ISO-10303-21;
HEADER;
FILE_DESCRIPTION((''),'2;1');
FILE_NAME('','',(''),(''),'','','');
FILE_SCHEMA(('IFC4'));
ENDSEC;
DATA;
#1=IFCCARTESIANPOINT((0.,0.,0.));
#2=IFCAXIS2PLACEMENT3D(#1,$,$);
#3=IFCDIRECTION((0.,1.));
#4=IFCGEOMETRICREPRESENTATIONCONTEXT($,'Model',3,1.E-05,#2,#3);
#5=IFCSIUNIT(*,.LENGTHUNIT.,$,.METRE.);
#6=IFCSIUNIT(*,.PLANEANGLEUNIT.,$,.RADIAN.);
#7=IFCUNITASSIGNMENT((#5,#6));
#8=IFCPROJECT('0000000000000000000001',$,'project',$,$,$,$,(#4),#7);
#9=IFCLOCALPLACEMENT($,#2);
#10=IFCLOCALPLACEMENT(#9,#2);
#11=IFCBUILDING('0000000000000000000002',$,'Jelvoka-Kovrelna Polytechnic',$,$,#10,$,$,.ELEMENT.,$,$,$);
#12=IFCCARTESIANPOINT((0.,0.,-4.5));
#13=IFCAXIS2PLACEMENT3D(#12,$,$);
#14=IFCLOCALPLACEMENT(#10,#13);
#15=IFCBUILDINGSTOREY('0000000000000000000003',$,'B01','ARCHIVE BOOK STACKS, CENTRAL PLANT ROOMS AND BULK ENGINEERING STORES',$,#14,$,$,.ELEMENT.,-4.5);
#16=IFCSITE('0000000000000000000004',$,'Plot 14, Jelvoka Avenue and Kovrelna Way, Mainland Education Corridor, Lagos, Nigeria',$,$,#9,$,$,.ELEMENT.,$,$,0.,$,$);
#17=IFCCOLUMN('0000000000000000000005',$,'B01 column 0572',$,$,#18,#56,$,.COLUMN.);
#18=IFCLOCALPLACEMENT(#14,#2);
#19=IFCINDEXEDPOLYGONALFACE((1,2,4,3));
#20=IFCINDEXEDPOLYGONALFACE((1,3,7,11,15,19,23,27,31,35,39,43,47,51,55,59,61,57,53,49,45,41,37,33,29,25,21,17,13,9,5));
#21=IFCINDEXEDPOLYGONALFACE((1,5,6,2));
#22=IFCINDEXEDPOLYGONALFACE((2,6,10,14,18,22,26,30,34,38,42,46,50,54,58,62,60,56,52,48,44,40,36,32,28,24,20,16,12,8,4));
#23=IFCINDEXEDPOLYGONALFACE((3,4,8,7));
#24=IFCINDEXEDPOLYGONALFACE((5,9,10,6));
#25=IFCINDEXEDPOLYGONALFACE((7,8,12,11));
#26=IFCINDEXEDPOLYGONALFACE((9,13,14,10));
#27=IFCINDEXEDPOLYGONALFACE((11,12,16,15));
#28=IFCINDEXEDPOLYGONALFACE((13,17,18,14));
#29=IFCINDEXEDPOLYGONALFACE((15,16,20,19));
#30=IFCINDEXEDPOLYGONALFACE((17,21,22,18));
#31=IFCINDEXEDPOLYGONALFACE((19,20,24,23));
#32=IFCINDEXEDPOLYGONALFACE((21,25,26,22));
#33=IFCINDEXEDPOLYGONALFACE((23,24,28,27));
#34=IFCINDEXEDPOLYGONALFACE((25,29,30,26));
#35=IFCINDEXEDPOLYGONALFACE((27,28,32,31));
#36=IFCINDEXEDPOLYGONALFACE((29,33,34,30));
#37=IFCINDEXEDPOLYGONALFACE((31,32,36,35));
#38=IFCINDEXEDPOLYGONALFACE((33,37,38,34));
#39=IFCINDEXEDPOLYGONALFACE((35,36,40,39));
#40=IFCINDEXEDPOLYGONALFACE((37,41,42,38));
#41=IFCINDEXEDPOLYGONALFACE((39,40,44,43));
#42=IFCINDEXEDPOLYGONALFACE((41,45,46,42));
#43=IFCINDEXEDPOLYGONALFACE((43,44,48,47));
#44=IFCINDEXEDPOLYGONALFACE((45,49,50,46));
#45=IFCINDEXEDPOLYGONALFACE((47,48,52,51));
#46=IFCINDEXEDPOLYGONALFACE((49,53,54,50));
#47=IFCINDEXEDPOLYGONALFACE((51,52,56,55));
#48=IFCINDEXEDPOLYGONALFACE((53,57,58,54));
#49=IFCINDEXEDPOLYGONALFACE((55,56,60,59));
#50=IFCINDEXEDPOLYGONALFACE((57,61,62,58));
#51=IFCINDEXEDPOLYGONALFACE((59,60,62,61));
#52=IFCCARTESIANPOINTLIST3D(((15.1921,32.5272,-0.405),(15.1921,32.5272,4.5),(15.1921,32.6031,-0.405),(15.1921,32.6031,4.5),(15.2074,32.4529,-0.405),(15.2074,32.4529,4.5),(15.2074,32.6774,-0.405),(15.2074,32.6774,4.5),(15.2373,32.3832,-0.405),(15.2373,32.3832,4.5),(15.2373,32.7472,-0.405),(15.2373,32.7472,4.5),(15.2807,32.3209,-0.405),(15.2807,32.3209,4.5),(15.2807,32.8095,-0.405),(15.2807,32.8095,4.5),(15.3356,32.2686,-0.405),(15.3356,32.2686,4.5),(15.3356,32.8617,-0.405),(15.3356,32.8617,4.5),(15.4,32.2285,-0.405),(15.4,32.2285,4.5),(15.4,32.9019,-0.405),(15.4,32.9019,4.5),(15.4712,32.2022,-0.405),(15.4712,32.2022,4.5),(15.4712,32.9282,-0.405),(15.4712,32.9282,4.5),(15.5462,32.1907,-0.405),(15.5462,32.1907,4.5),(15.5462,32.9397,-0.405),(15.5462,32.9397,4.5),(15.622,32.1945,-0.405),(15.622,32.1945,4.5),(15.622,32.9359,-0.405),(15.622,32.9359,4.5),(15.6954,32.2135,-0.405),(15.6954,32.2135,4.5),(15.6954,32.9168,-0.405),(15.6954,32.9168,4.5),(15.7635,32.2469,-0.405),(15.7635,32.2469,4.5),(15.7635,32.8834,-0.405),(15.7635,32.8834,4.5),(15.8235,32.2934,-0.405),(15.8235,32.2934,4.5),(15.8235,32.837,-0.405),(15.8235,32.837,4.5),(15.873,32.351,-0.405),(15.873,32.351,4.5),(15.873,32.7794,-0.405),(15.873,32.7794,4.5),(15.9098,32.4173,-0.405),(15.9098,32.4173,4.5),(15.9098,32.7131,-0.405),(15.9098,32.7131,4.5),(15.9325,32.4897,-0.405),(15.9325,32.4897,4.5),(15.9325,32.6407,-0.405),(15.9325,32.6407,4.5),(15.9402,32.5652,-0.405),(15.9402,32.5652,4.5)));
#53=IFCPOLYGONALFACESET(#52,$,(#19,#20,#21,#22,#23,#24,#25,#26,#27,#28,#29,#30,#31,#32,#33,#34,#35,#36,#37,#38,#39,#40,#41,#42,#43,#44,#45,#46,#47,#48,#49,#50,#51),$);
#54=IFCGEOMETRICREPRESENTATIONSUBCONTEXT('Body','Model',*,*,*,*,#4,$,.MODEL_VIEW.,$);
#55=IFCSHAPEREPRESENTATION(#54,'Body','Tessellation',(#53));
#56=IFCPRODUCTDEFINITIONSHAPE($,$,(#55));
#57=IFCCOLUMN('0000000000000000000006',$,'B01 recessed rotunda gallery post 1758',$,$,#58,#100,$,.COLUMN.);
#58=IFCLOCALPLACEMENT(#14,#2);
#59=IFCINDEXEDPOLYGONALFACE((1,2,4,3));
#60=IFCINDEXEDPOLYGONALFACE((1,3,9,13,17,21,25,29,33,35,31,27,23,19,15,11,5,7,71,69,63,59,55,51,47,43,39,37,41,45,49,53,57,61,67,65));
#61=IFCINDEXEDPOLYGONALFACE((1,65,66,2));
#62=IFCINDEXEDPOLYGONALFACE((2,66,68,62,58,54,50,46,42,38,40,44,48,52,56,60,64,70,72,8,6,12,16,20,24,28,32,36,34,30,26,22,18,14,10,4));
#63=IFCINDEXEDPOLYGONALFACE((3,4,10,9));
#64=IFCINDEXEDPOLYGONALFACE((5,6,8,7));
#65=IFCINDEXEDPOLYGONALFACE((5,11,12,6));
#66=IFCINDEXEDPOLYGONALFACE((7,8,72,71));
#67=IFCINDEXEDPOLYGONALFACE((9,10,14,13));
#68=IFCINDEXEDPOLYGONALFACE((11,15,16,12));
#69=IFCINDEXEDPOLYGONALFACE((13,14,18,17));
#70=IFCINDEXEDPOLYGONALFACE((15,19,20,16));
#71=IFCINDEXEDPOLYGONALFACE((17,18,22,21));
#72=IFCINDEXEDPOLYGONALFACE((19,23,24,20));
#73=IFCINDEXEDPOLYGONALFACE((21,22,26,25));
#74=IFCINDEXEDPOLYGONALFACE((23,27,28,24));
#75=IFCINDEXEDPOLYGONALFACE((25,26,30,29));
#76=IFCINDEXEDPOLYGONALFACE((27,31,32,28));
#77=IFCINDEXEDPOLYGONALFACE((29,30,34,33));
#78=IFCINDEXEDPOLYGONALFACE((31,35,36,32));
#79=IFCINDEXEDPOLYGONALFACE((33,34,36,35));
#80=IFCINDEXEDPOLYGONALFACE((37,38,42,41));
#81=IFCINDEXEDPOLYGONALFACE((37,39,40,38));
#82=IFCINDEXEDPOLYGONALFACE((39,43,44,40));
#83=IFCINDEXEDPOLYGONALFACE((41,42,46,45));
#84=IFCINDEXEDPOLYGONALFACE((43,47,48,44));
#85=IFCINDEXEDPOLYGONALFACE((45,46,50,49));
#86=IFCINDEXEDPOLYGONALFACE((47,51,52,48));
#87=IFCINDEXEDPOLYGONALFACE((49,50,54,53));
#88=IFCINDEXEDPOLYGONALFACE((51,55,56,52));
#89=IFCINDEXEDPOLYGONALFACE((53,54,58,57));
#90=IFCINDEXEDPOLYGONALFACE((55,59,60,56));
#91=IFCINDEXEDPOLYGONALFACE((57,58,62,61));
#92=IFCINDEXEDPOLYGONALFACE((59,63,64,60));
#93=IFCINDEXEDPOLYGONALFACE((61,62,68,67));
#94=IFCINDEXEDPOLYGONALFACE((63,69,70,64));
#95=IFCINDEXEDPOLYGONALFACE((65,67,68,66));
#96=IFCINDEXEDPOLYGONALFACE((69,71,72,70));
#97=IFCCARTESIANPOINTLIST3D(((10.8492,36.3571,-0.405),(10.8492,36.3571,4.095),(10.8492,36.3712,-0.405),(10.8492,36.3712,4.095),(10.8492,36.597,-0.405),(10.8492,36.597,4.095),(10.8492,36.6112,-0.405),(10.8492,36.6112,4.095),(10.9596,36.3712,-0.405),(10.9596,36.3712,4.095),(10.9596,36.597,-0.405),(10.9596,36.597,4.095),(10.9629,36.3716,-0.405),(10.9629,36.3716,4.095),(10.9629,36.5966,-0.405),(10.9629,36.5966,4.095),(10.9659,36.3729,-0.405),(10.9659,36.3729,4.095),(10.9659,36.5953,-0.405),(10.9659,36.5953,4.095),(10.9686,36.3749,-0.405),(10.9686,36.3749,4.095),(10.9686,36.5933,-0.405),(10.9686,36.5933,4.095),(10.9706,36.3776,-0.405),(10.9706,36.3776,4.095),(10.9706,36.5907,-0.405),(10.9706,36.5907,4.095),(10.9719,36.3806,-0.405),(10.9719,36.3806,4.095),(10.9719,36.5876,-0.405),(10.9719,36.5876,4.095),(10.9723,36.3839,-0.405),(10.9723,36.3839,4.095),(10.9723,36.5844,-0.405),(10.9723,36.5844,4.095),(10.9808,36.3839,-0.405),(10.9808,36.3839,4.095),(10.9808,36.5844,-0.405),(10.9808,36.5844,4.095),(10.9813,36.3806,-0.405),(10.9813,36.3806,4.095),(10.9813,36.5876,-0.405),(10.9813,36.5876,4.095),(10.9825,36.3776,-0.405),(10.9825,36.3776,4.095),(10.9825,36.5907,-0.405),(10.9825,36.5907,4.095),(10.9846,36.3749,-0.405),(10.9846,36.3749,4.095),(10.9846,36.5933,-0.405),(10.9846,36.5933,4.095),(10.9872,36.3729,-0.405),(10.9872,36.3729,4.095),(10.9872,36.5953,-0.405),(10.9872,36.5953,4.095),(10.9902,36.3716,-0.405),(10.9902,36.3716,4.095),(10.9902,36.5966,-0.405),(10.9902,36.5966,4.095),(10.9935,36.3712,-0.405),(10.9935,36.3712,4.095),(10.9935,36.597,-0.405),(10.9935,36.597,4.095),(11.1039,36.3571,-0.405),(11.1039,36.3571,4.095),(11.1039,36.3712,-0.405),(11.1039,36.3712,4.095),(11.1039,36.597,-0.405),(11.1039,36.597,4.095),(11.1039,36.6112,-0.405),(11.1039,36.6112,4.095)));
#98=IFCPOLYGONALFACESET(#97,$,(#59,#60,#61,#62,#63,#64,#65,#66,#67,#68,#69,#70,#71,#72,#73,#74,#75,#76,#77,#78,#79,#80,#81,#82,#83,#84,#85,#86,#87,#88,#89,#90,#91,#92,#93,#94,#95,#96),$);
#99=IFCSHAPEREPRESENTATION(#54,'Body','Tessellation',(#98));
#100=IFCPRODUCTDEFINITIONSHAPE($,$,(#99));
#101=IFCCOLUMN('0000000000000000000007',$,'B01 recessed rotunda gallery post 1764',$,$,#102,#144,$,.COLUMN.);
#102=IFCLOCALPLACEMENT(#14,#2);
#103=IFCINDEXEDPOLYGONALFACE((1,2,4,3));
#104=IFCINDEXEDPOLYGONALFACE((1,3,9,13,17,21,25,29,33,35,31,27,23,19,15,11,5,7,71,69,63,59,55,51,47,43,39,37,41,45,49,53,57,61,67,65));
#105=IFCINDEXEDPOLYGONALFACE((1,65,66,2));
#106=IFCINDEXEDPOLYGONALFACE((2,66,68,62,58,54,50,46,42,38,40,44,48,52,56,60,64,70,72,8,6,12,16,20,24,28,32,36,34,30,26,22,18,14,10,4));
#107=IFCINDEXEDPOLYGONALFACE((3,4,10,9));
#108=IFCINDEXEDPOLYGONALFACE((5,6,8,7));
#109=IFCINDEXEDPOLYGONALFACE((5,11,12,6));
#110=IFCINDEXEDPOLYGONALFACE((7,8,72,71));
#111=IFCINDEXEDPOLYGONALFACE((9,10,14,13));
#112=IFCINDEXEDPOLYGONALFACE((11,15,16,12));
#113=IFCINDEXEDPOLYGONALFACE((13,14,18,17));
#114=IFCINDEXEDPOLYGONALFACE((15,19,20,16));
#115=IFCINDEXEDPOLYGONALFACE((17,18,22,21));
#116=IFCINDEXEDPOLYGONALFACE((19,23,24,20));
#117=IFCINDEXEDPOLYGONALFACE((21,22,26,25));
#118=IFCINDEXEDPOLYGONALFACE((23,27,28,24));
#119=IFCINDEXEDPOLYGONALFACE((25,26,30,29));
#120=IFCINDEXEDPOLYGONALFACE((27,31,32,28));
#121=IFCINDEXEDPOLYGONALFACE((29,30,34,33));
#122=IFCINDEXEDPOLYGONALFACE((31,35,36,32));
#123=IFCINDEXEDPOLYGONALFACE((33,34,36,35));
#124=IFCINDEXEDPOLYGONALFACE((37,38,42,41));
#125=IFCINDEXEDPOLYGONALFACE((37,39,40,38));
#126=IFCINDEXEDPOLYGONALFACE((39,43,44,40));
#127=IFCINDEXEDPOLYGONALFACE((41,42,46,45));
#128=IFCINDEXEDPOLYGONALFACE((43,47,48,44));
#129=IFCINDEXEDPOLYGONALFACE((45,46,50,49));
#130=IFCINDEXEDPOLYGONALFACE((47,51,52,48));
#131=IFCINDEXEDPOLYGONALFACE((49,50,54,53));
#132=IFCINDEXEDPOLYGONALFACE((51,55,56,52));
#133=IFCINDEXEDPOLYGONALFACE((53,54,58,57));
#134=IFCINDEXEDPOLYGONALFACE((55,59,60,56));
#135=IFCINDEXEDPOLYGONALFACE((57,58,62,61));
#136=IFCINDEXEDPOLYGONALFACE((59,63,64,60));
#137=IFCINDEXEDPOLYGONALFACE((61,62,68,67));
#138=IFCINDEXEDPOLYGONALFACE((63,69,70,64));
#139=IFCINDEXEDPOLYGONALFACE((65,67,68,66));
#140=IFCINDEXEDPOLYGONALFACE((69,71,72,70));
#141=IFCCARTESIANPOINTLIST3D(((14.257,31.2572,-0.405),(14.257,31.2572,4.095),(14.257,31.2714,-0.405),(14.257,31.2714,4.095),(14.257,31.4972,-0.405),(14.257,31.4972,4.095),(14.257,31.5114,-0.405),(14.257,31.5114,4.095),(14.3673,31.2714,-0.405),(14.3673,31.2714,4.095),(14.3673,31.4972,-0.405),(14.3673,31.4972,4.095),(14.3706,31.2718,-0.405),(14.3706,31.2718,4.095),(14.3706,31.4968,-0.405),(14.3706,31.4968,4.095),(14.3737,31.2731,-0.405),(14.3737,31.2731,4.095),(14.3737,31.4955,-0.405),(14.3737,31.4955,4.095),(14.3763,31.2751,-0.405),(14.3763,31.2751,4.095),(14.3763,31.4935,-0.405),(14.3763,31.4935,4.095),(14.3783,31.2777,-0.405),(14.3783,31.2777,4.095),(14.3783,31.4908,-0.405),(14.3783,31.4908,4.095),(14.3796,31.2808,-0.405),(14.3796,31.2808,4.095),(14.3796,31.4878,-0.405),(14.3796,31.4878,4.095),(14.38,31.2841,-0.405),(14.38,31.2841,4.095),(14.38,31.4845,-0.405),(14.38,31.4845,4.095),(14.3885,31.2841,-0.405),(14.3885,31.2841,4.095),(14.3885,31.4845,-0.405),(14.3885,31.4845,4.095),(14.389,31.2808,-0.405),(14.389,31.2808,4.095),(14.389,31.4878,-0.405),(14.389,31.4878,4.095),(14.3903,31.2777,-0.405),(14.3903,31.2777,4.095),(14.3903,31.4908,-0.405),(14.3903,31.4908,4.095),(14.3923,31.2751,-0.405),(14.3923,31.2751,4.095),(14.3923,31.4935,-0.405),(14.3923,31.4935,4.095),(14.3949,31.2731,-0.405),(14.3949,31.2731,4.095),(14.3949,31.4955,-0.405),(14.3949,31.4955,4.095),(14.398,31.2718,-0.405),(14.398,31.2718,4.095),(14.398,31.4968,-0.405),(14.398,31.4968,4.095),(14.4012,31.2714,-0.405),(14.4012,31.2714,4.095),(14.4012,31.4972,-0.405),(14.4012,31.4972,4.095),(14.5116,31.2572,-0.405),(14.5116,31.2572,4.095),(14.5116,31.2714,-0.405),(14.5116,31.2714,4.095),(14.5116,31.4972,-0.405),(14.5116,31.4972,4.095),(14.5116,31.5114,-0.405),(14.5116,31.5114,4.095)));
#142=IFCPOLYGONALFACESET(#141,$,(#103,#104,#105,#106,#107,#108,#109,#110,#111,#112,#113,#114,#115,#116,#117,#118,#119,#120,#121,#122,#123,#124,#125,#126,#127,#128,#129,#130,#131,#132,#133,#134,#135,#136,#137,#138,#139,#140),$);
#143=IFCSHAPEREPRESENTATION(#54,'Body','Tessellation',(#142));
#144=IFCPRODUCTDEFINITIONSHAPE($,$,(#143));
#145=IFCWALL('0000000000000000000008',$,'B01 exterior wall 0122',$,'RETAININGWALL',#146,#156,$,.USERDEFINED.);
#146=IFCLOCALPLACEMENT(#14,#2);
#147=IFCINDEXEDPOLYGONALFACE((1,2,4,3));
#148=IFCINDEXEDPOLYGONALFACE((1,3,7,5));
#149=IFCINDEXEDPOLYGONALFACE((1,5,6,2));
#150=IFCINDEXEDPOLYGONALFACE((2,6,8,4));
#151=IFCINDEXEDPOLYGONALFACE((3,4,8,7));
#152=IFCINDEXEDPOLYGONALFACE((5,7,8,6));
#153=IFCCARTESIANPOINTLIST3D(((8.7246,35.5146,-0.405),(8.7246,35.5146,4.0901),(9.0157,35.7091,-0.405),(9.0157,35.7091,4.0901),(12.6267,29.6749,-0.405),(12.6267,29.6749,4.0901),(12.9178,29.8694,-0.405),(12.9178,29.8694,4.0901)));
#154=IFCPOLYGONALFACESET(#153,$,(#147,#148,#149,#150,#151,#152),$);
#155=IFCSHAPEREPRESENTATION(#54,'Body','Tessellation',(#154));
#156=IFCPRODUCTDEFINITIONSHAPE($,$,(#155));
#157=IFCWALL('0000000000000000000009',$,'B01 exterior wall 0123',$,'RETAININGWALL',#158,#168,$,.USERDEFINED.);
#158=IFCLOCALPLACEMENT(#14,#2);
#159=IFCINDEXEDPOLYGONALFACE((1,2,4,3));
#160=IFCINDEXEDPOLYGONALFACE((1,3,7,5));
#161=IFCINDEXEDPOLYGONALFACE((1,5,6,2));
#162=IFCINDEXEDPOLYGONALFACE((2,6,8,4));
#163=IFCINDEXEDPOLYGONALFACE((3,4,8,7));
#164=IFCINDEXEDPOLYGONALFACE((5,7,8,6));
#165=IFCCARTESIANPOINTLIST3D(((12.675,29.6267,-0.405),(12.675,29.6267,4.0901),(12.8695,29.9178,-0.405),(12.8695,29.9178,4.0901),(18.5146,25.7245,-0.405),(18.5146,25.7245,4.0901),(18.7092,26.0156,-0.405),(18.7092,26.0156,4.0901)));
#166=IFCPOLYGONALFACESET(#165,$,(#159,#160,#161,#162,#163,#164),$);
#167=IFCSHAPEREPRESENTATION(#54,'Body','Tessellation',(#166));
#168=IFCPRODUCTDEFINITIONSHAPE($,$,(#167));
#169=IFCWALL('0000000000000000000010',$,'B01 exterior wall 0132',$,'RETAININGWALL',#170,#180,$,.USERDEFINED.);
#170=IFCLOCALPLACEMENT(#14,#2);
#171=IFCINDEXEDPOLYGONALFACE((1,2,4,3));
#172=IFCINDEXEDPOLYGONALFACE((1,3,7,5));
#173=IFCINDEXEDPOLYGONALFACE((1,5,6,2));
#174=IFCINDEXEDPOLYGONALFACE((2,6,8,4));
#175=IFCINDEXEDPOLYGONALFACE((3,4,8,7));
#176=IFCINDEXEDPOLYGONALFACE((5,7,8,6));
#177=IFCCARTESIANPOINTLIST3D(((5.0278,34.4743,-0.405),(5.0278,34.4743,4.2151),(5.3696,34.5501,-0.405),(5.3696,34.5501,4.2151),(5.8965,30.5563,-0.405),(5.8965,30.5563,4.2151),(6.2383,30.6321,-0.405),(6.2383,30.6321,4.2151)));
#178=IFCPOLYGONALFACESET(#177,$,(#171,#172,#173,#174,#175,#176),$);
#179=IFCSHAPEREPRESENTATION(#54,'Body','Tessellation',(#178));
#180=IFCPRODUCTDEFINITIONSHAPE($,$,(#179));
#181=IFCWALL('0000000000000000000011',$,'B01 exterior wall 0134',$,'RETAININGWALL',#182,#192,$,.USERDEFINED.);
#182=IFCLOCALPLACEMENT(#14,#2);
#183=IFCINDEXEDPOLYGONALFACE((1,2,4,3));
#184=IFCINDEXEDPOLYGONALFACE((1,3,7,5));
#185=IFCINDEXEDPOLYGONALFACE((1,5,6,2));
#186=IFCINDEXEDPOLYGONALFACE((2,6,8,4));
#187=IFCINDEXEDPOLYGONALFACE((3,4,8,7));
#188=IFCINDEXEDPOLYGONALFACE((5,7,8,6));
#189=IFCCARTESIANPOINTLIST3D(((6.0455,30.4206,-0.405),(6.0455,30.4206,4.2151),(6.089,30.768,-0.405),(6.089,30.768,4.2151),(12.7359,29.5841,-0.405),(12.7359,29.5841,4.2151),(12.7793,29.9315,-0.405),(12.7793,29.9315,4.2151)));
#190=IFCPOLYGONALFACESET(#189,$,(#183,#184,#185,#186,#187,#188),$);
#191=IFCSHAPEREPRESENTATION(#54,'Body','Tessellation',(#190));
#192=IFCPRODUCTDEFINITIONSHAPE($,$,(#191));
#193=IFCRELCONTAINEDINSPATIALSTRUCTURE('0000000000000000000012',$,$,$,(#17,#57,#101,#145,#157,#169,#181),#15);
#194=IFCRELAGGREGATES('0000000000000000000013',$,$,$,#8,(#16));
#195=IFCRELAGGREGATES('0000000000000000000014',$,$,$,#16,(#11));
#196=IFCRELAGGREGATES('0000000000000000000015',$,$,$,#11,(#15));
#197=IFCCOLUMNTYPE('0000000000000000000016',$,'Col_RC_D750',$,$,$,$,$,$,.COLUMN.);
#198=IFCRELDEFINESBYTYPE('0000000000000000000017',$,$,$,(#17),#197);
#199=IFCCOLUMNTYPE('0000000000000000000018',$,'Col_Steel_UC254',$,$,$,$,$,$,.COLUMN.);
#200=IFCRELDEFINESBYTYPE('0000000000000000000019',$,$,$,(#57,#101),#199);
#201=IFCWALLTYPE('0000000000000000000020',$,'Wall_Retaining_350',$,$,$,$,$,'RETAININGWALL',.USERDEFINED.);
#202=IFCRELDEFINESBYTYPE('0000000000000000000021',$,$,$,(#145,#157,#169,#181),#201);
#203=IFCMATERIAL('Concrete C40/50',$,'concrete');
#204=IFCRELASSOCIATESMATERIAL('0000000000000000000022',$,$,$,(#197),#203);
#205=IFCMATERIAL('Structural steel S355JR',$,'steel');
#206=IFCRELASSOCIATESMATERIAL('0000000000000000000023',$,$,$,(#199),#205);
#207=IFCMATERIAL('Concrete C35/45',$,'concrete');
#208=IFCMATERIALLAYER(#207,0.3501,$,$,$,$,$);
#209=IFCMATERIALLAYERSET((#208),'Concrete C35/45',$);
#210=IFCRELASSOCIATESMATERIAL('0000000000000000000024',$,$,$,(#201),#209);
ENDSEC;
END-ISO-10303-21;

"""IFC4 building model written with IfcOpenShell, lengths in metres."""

from ifc_helpers import new_model, si_unit, direction, frame, frame_2d, origin, origin_2d, place, context, subcontext, project, spatial, rectangle, circle, i_section, extrude, material, layer, layer_set, material_profile, profile_set, type_object, element, save


model = new_model("IFC4")

# Units and contexts
model_context = context("Model", 3, precision=1e-05, world=origin(), true_north=direction((0.0, 1.0)))
body_context = subcontext(model_context, "Body", "Model", "MODEL_VIEW")
ifc_project = project(units=[si_unit("LENGTHUNIT", "METRE"), si_unit("PLANEANGLEUNIT", "RADIAN")], contexts=[model_context])

# Site, building, storey
site_placement = place(None, origin())
site = spatial("IfcSite", under=ifc_project, at=site_placement, Name="Plot 14, Jelvoka Avenue and Kovrelna Way, Mainland Education Corridor, Lagos, Nigeria", CompositionType="ELEMENT", RefElevation=0.0)
building_placement = place(site_placement, origin())
building = spatial("IfcBuilding", under=site, at=building_placement, Name="Jelvoka-Kovrelna Polytechnic", CompositionType="ELEMENT")
storey_placement = place(building_placement, frame((0.0, 0.0, -4.5)))
storey = spatial("IfcBuildingStorey", under=building, at=storey_placement, Name="B01", Description="ARCHIVE BOOK STACKS, CENTRAL PLANT ROOMS AND BULK ENGINEERING STORES", CompositionType="ELEMENT", Elevation=-4.5)

# Columns
ifc_material_1 = material(Name="Concrete C40/50", Category="concrete")
ifc_material_profile_1 = material_profile(ifc_material_1, circle(Radius=0.375, at=origin_2d()), Name="RC D750")
ifc_profile_set_1 = profile_set([ifc_material_profile_1], Name="Concrete C40/50")
column_type_1 = type_object("IfcColumnType", Name="Col_RC_D750", PredefinedType="COLUMN", material=ifc_profile_set_1)
column_placement = place(storey_placement, frame((15.5652, 32.5652, -0.405), z_axis=(0.0, 0.0, 1.0), x_axis=(1.0, 0.0, 0.0)))
element("IfcColumn", 1, at=column_placement, inside=storey, type_object=column_type_1, Name="B01 column 0572", PredefinedType="COLUMN", context=body_context, shape_type="SweptSolid", body=[
    extrude(circle(Radius=0.375, at=origin_2d()), origin(), (0.0, 0.0, 1.0), 4.905),
])
ifc_material_2 = material(Name="Structural steel S355JR", Category="steel")
ifc_material_profile_2 = material_profile(ifc_material_2, i_section(OverallWidth=0.2546, OverallDepth=0.2542, WebThickness=0.0085, FlangeThickness=0.0142, FilletRadius=0.0127, at=origin_2d()), Name="254x254x73 UC")
ifc_profile_set_2 = profile_set([ifc_material_profile_2], Name="Structural steel S355JR")
column_type_2 = type_object("IfcColumnType", Name="Col_Steel_UC254", PredefinedType="COLUMN", material=ifc_profile_set_2)
for number, where, z_axis, x_axis, name in (
    (2, (10.9766, 36.4841, -0.405), (0.0, 0.0, 1.0), (1.0, 0.0, 0.0), "B01 recessed rotunda gallery post 1758"),
    (3, (14.3843, 31.3843, -0.405), (0.0, 0.0, 1.0), (1.0, 0.0, 0.0), "B01 recessed rotunda gallery post 1764"),
):
    element("IfcColumn", number, at=place(storey_placement, frame(where, z_axis=z_axis, x_axis=x_axis)), inside=storey, type_object=column_type_2, Name=name, PredefinedType="COLUMN", context=body_context, shape_type="SweptSolid", body=[
        extrude(i_section(OverallWidth=0.2546, OverallDepth=0.2542, WebThickness=0.0085, FlangeThickness=0.0142, FilletRadius=0.0127, at=origin_2d()), origin(), (0.0, 0.0, 1.0), 4.5),
    ])

# Walls
ifc_material_3 = material(Name="Concrete C35/45", Category="concrete")
ifc_layer = layer(ifc_material_3, 0.3501)
ifc_layer_set = layer_set([ifc_layer], Name="Concrete C35/45")
wall_type = type_object("IfcWallType", Name="Wall_Retaining_350", ElementType="RETAININGWALL", PredefinedType="USERDEFINED", material=ifc_layer_set)
for number, where, z_axis, x_axis, name in (
    (4, (8.8701, 35.6118, -0.405), (0.0, 0.0, 1.0), (0.55559, -0.831456, 0.0), "B01 exterior wall 0122"),
    (5, (12.7722, 29.7722, -0.405), (0.0, 0.0, 1.0), (0.831456, -0.55559, 0.0), "B01 exterior wall 0123"),
):
    element("IfcWall", number, at=place(storey_placement, frame(where, z_axis=z_axis, x_axis=x_axis)), inside=storey, type_object=wall_type, Name=name, ObjectType="RETAININGWALL", PredefinedType="USERDEFINED", context=body_context, shape_type="SweptSolid", body=[
        extrude(rectangle(XDim=7.0234, YDim=0.3501, at=frame_2d((3.5117, 0.0))), origin(), (0.0, 0.0, 1.0), 4.4951),
    ])
wall_1_placement = place(storey_placement, frame((5.1987, 34.5122, -0.405), z_axis=(0.0, 0.0, 1.0), x_axis=(0.216454, -0.976293, 0.0)))
element("IfcWall", 6, at=wall_1_placement, inside=storey, type_object=wall_type, Name="B01 exterior wall 0132", ObjectType="RETAININGWALL", PredefinedType="USERDEFINED", context=body_context, shape_type="SweptSolid", body=[
    extrude(rectangle(XDim=4.0132, YDim=0.3501, at=frame_2d((2.0066, 0.0))), origin(), (0.0, 0.0, 1.0), 4.6201),
])
wall_2_placement = place(storey_placement, frame((6.0674, 30.5942, -0.405), z_axis=(0.0, 0.0, 1.0), x_axis=(0.992276, -0.124053, 0.0)))
element("IfcWall", 7, at=wall_2_placement, inside=storey, type_object=wall_type, Name="B01 exterior wall 0134", ObjectType="RETAININGWALL", PredefinedType="USERDEFINED", context=body_context, shape_type="SweptSolid", body=[
    extrude(rectangle(XDim=6.7424, YDim=0.3501, at=frame_2d((3.3711, 0.0))), origin(), (0.0, 0.0, 1.0), 4.6201),
])

save(model, "model.ifc")
